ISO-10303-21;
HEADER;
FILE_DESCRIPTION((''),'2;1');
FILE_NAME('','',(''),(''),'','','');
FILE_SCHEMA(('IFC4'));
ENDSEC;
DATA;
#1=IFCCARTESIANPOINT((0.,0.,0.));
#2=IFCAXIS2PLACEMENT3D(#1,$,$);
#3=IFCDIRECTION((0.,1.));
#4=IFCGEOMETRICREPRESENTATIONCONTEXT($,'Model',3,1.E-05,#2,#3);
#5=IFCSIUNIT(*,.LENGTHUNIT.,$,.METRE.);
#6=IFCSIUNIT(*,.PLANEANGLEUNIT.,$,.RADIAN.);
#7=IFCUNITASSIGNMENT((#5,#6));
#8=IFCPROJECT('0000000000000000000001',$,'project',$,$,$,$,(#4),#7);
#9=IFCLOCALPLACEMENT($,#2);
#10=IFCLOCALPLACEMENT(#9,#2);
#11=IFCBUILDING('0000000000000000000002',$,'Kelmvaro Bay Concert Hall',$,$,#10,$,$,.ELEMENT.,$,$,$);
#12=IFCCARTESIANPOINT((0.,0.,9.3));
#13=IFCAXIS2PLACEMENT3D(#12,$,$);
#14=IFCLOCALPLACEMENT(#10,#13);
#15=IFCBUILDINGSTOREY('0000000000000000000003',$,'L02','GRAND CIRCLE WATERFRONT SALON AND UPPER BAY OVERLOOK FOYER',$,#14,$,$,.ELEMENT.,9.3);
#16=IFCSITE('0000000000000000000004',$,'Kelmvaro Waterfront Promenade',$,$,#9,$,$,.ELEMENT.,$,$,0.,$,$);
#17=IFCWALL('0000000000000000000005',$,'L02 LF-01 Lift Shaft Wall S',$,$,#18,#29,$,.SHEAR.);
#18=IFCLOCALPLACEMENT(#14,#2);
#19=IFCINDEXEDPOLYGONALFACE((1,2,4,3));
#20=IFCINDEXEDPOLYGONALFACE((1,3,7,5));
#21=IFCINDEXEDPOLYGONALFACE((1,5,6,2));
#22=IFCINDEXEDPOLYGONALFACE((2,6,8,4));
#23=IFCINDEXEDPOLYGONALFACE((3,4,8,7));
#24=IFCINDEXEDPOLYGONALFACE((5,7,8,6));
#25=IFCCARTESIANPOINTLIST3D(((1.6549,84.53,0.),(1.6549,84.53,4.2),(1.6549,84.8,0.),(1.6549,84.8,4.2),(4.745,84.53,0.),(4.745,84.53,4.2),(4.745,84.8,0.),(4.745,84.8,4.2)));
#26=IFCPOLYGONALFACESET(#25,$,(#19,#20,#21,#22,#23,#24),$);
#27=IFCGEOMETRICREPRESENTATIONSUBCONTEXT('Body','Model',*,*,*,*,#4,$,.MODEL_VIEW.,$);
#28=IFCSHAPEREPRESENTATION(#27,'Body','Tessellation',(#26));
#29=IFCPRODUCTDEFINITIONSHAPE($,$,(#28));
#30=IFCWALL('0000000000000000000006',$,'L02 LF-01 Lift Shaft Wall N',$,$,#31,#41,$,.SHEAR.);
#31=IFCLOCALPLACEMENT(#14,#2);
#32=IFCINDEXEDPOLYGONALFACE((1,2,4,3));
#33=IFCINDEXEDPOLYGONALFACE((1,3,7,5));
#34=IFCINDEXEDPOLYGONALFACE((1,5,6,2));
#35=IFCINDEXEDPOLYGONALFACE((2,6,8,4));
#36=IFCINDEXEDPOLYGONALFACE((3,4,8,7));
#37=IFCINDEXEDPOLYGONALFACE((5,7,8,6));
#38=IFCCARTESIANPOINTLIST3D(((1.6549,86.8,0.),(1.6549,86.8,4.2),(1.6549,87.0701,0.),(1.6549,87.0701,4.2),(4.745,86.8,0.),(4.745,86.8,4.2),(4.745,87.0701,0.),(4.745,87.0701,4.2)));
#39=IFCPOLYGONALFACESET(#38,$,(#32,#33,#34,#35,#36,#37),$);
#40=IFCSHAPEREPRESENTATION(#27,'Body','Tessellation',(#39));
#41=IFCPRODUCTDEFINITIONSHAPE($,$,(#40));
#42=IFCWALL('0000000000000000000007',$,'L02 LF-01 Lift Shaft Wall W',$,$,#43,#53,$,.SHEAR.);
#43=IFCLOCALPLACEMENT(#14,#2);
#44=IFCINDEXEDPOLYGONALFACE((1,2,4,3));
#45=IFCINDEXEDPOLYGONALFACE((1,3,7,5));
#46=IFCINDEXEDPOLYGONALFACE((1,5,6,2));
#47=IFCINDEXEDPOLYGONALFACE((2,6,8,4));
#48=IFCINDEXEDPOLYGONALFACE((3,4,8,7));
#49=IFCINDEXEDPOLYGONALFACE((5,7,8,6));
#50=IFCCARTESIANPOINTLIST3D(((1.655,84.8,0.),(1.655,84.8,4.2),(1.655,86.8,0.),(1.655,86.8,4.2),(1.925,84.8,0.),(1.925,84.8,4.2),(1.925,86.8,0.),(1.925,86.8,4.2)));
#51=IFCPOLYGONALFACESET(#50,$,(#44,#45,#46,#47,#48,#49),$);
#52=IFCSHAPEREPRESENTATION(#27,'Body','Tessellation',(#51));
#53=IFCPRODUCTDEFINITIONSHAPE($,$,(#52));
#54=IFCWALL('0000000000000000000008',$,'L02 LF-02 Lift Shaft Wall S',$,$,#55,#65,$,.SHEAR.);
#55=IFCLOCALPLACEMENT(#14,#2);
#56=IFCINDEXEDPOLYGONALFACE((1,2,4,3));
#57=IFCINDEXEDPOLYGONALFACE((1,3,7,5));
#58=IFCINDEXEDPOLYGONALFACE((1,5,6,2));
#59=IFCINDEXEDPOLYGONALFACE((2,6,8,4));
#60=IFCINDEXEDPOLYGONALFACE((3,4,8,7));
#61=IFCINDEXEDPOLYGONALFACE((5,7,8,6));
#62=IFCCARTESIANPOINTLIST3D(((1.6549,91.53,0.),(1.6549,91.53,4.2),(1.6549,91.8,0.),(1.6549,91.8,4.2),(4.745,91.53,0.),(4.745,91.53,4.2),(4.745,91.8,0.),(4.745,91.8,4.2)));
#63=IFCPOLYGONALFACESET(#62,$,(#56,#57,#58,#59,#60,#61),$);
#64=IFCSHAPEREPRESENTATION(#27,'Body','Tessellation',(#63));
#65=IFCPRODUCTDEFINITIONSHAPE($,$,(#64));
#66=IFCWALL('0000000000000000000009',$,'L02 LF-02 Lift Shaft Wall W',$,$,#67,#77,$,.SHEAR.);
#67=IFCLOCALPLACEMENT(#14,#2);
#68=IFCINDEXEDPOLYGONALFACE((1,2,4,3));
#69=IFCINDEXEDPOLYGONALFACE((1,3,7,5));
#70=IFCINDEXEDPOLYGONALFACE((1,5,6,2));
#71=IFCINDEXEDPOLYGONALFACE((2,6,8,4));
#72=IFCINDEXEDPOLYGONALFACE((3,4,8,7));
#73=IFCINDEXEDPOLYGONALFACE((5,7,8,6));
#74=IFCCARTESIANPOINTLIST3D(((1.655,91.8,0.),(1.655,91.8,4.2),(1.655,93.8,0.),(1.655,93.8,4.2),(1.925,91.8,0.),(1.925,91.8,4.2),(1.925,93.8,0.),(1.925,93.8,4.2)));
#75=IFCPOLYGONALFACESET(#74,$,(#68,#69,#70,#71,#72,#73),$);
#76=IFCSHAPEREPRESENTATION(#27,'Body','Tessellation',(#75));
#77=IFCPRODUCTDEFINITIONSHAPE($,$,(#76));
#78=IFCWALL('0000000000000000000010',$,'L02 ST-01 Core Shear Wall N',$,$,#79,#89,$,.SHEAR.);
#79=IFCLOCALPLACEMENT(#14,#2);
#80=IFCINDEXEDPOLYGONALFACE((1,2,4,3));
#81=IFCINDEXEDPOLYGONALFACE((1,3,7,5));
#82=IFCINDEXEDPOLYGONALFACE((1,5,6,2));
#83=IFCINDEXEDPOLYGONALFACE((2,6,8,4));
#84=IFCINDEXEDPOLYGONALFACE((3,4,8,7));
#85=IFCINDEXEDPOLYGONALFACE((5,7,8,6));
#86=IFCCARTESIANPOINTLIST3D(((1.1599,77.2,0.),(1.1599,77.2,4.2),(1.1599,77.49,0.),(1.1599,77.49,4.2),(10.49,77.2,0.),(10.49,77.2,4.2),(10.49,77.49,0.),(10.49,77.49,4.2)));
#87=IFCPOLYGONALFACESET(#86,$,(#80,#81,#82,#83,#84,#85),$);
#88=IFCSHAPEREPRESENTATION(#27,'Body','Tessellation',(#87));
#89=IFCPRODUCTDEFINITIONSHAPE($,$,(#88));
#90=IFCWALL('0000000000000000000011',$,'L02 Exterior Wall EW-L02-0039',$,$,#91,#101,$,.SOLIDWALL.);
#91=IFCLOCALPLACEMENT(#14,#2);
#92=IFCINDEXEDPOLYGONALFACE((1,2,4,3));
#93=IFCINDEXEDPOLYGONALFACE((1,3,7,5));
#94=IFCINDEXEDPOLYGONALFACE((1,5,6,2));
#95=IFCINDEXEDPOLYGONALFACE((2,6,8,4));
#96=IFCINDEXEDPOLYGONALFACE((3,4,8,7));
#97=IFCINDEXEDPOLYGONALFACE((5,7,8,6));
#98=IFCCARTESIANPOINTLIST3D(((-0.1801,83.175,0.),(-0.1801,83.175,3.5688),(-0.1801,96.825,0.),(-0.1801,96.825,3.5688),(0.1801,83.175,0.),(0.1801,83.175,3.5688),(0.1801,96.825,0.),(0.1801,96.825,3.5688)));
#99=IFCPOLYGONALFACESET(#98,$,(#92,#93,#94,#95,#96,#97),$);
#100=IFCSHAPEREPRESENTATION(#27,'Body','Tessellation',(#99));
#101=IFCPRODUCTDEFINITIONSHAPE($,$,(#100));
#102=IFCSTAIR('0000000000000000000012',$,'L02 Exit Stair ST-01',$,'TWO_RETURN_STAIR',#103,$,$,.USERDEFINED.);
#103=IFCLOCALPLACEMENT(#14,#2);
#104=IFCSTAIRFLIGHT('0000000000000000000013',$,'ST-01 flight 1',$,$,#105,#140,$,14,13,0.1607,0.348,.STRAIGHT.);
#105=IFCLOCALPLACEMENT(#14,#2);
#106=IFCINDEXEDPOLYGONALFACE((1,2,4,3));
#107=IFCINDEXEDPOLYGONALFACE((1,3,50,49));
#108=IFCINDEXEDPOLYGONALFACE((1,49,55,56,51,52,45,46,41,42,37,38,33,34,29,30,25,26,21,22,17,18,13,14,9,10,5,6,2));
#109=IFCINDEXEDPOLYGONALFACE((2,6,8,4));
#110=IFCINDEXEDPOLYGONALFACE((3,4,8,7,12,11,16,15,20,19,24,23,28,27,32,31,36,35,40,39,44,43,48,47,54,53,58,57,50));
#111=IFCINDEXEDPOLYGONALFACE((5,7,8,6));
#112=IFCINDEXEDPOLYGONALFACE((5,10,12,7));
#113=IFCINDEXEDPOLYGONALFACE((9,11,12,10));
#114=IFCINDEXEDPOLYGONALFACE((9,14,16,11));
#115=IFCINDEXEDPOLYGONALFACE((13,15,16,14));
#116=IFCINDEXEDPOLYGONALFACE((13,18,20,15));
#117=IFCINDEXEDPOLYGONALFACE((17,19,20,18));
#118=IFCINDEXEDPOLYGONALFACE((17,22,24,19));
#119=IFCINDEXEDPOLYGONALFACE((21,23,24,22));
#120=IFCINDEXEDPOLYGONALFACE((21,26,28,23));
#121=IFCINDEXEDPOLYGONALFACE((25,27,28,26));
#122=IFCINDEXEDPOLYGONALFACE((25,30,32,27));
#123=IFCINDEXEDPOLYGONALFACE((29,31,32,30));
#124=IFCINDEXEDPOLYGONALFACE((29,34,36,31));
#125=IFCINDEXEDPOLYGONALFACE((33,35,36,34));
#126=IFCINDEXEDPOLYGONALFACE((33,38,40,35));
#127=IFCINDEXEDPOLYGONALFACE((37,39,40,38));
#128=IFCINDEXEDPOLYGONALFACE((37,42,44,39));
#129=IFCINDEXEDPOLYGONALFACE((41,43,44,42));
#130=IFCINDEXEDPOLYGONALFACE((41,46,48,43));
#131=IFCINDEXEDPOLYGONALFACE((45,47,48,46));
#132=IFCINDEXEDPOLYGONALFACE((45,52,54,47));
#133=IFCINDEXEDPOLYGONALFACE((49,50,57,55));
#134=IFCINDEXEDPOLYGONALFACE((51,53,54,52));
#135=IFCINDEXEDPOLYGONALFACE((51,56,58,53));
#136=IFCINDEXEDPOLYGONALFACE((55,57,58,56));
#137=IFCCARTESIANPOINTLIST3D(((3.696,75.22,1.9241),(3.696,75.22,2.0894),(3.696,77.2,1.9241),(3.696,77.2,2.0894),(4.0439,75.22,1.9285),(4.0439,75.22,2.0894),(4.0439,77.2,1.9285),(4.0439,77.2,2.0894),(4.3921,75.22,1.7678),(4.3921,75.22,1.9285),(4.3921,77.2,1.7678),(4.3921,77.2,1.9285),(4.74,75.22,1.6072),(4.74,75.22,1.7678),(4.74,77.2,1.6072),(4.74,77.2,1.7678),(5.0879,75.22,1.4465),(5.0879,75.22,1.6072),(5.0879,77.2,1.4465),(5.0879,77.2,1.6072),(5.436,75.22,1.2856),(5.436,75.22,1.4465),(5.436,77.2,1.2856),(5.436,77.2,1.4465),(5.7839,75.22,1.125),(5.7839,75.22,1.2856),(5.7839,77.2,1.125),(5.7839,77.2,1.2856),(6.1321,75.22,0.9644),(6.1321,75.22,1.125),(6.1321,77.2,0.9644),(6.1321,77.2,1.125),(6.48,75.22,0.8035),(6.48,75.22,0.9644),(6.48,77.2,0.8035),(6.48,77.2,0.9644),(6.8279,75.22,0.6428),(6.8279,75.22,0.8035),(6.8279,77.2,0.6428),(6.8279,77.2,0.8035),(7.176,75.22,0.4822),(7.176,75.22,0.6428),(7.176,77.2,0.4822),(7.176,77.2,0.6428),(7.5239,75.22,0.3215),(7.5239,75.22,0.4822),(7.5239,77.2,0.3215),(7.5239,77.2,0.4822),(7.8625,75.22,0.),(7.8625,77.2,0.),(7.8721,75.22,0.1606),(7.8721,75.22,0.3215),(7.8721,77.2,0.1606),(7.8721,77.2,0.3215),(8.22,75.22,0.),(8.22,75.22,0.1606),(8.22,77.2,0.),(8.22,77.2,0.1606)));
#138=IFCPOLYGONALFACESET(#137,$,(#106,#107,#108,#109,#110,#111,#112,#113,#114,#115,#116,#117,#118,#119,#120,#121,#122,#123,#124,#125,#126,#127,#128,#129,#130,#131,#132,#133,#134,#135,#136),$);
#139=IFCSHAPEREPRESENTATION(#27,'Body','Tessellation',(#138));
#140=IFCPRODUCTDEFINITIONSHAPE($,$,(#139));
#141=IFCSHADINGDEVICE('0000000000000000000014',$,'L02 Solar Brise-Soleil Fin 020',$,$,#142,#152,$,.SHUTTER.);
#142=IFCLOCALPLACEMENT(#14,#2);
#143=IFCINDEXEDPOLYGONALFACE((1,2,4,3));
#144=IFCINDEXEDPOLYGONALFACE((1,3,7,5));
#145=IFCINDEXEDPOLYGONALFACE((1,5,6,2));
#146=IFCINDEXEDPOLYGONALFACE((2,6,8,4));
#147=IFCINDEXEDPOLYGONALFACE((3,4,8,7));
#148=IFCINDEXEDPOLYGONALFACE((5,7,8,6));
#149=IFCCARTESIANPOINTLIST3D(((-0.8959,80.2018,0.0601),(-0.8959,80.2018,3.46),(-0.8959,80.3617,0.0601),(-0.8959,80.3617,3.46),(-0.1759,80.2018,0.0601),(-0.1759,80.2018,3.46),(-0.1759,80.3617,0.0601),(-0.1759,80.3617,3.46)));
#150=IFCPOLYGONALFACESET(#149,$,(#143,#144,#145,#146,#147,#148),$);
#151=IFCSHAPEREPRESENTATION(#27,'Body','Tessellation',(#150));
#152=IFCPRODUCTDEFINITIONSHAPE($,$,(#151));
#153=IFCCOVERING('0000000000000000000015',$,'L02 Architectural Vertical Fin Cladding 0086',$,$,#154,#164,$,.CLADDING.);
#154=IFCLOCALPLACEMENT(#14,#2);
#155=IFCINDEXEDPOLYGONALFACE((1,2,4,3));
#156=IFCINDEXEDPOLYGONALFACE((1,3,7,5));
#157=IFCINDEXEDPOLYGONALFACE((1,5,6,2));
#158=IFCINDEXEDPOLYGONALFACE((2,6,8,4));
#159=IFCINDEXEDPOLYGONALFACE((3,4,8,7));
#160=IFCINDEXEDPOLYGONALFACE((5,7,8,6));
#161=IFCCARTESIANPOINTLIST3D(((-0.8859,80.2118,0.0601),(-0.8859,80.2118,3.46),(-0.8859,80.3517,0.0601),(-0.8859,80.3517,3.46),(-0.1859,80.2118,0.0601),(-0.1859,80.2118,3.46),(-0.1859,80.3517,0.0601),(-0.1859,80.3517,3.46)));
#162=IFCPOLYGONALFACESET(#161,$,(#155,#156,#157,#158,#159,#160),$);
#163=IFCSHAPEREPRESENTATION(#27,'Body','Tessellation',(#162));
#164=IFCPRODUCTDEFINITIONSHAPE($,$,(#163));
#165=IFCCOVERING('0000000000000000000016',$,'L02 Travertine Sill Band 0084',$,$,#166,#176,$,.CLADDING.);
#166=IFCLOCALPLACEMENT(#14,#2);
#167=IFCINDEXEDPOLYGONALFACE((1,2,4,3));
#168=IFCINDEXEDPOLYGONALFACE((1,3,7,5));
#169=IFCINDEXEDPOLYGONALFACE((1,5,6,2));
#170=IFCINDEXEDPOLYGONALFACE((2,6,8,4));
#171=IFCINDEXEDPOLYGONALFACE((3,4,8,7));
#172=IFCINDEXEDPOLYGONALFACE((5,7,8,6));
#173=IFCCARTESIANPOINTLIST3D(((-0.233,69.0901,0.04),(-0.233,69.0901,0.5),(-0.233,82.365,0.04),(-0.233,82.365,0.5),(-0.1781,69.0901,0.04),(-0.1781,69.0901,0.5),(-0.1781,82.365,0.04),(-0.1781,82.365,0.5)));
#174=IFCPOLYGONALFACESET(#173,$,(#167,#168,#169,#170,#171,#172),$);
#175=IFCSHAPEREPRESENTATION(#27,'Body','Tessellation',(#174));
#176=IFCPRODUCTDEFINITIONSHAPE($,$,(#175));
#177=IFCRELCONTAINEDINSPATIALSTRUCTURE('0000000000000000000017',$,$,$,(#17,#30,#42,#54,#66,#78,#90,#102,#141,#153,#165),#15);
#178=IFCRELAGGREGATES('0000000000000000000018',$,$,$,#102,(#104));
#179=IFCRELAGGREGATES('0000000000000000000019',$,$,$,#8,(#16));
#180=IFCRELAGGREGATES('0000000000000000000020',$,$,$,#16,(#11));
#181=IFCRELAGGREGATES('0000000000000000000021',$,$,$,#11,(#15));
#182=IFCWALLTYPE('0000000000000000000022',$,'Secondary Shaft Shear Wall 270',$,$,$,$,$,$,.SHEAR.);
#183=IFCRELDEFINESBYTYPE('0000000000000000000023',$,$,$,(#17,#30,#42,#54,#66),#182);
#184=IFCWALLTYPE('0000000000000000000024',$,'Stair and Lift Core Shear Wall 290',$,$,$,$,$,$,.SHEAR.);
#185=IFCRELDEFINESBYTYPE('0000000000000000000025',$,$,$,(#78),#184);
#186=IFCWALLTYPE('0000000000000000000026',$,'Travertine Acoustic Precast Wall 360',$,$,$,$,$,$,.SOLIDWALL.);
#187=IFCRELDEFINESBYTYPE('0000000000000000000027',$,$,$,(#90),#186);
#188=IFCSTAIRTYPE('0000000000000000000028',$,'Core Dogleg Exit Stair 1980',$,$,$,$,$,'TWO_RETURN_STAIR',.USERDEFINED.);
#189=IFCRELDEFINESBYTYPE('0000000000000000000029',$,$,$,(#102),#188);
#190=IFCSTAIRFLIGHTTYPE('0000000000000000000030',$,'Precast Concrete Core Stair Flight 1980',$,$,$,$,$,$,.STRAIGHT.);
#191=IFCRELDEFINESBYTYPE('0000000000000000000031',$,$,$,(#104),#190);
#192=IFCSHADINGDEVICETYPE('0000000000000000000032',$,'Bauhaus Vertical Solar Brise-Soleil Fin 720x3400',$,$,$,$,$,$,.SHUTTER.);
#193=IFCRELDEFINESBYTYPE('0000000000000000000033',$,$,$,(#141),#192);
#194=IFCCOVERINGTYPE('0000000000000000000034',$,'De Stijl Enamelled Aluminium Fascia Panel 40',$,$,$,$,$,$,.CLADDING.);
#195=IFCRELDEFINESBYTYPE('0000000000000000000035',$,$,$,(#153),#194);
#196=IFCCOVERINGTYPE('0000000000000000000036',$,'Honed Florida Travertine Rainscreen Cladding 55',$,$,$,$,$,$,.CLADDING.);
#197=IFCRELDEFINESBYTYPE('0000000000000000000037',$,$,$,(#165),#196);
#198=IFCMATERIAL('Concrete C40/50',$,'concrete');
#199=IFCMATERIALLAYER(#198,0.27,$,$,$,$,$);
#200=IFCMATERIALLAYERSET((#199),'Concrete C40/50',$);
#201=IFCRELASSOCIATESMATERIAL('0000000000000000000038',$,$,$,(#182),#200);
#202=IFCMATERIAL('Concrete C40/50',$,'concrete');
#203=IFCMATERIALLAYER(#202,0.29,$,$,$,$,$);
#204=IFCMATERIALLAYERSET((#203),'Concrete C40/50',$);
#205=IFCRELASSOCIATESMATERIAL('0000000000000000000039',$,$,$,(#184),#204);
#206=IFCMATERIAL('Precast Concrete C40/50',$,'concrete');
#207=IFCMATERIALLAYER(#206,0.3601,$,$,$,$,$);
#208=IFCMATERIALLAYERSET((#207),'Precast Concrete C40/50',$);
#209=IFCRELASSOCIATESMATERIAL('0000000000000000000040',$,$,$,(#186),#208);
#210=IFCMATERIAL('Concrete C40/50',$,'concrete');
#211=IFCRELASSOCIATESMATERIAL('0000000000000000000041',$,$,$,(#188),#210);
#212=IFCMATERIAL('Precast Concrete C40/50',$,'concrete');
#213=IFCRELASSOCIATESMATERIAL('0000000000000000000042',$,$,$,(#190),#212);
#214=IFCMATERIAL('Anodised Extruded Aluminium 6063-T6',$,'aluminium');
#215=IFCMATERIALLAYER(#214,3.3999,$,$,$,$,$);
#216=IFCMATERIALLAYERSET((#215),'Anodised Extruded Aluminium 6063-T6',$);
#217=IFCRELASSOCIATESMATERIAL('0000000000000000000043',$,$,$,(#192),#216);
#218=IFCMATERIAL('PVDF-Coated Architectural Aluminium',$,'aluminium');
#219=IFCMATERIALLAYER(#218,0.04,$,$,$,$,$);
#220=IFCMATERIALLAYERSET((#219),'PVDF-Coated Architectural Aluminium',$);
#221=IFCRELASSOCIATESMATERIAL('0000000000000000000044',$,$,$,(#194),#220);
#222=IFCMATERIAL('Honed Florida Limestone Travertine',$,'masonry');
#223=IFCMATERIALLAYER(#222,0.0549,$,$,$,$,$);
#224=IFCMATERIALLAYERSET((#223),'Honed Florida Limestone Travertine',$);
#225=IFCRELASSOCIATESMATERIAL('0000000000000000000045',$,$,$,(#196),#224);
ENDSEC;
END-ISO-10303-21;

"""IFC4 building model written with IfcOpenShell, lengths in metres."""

from ifc_helpers import new_model, si_unit, direction, frame, frame_2d, origin, origin_2d, place, context, subcontext, project, spatial, polyline, rectangle, outline, extrude, material, layer, layer_set, type_object, element, aggregate, save


model = new_model("IFC4")

# Units and contexts
model_context = context("Model", 3, precision=1e-05, world=origin(), true_north=direction((0.0, 1.0)))
body_context = subcontext(model_context, "Body", "Model", "MODEL_VIEW")
ifc_project = project(units=[si_unit("LENGTHUNIT", "METRE"), si_unit("PLANEANGLEUNIT", "RADIAN")], contexts=[model_context])

# Site, building, storey
site_placement = place(None, origin())
site = spatial("IfcSite", under=ifc_project, at=site_placement, Name="Kelmvaro Waterfront Promenade", CompositionType="ELEMENT", RefElevation=0.0)
building_placement = place(site_placement, origin())
building = spatial("IfcBuilding", under=site, at=building_placement, Name="Kelmvaro Bay Concert Hall", CompositionType="ELEMENT")
storey_placement = place(building_placement, frame((0.0, 0.0, 9.3)))
storey = spatial("IfcBuildingStorey", under=building, at=storey_placement, Name="L02", Description="GRAND CIRCLE WATERFRONT SALON AND UPPER BAY OVERLOOK FOYER", CompositionType="ELEMENT", Elevation=9.3)

# Walls
ifc_material_1 = material(Name="Concrete C40/50", Category="concrete")
ifc_layer_1 = layer(ifc_material_1, 0.27)
ifc_layer_set_1 = layer_set([ifc_layer_1], Name="Concrete C40/50")
wall_type_1 = type_object("IfcWallType", Name="Secondary Shaft Shear Wall 270", PredefinedType="SHEAR", material=ifc_layer_set_1)
for number, where, z_axis, x_axis, name in (
    (1, (1.655, 84.665, 0.0), (0.0, 0.0, 1.0), (1.0, 0.0, 0.0), "L02 LF-01 Lift Shaft Wall S"),
    (2, (1.655, 86.9351, 0.0), (0.0, 0.0, 1.0), (1.0, 0.0, 0.0), "L02 LF-01 Lift Shaft Wall N"),
):
    element("IfcWall", number, at=place(storey_placement, frame(where, z_axis=z_axis, x_axis=x_axis)), inside=storey, type_object=wall_type_1, Name=name, PredefinedType="SHEAR", context=body_context, shape_type="SweptSolid", body=[
        extrude(rectangle(XDim=3.0901, YDim=0.27, at=frame_2d((1.5449, 0.0))), origin(), (0.0, 0.0, 1.0), 4.2),
    ])
wall_1_placement = place(storey_placement, frame((1.79, 84.8, 0.0), z_axis=(0.0, 0.0, 1.0), x_axis=(0.0, 1.0, 0.0)))
element("IfcWall", 3, at=wall_1_placement, inside=storey, type_object=wall_type_1, Name="L02 LF-01 Lift Shaft Wall W", PredefinedType="SHEAR", context=body_context, shape_type="SweptSolid", body=[
    extrude(rectangle(XDim=2.0, YDim=0.27, at=frame_2d((1.0, 0.0))), origin(), (0.0, 0.0, 1.0), 4.2),
])

# Walls
wall_2_placement = place(storey_placement, frame((1.655, 91.665, 0.0), z_axis=(0.0, 0.0, 1.0), x_axis=(1.0, 0.0, 0.0)))
element("IfcWall", 4, at=wall_2_placement, inside=storey, type_object=wall_type_1, Name="L02 LF-02 Lift Shaft Wall S", PredefinedType="SHEAR", context=body_context, shape_type="SweptSolid", body=[
    extrude(rectangle(XDim=3.0901, YDim=0.27, at=frame_2d((1.5449, 0.0))), origin(), (0.0, 0.0, 1.0), 4.2),
])
wall_3_placement = place(storey_placement, frame((1.79, 91.8, 0.0), z_axis=(0.0, 0.0, 1.0), x_axis=(0.0, 1.0, 0.0)))
element("IfcWall", 5, at=wall_3_placement, inside=storey, type_object=wall_type_1, Name="L02 LF-02 Lift Shaft Wall W", PredefinedType="SHEAR", context=body_context, shape_type="SweptSolid", body=[
    extrude(rectangle(XDim=2.0, YDim=0.27, at=frame_2d((1.0, 0.0))), origin(), (0.0, 0.0, 1.0), 4.2),
])

# Walls
ifc_material_2 = material(Name="Concrete C40/50", Category="concrete")
ifc_layer_2 = layer(ifc_material_2, 0.29)
ifc_layer_set_2 = layer_set([ifc_layer_2], Name="Concrete C40/50")
wall_type_2 = type_object("IfcWallType", Name="Stair and Lift Core Shear Wall 290", PredefinedType="SHEAR", material=ifc_layer_set_2)
wall_4_placement = place(storey_placement, frame((1.1599, 77.345, 0.0), z_axis=(0.0, 0.0, 1.0), x_axis=(1.0, 0.0, 0.0)))
element("IfcWall", 6, at=wall_4_placement, inside=storey, type_object=wall_type_2, Name="L02 ST-01 Core Shear Wall N", PredefinedType="SHEAR", context=body_context, shape_type="SweptSolid", body=[
    extrude(rectangle(XDim=9.3301, YDim=0.29, at=frame_2d((4.665, 0.0))), origin(), (0.0, 0.0, 1.0), 4.2),
])
ifc_material_3 = material(Name="Precast Concrete C40/50", Category="concrete")
ifc_layer_3 = layer(ifc_material_3, 0.3601)
ifc_layer_set_3 = layer_set([ifc_layer_3], Name="Precast Concrete C40/50")
wall_type_3 = type_object("IfcWallType", Name="Travertine Acoustic Precast Wall 360", PredefinedType="SOLIDWALL", material=ifc_layer_set_3)
wall_5_placement = place(storey_placement, frame((0.0, 83.175, 0.0), z_axis=(0.0, 0.0, 1.0), x_axis=(0.0, 1.0, 0.0)))
element("IfcWall", 7, at=wall_5_placement, inside=storey, type_object=wall_type_3, Name="L02 Exterior Wall EW-L02-0039", PredefinedType="SOLIDWALL", context=body_context, shape_type="SweptSolid", body=[
    extrude(rectangle(XDim=13.6499, YDim=0.3601, at=frame_2d((6.825, 0.0))), origin(), (0.0, 0.0, 1.0), 3.5688),
])

# Stair, stair flight
ifc_material_4 = material(Name="Concrete C40/50", Category="concrete")
stair_type = type_object("IfcStairType", Name="Core Dogleg Exit Stair 1980", ElementType="TWO_RETURN_STAIR", PredefinedType="USERDEFINED", material=ifc_material_4)
stair_placement = place(storey_placement, origin())
stair = element("IfcStair", 8, at=stair_placement, inside=storey, type_object=stair_type, Name="L02 Exit Stair ST-01", ObjectType="TWO_RETURN_STAIR", PredefinedType="USERDEFINED")
ifc_material_5 = material(Name="Precast Concrete C40/50", Category="concrete")
stair_flight_type = type_object("IfcStairFlightType", Name="Precast Concrete Core Stair Flight 1980", PredefinedType="STRAIGHT", material=ifc_material_5)
stair_flight_placement = place(storey_placement, frame((8.22, 76.21, 0.0), z_axis=(0.0, 0.0, 1.0), x_axis=(-1.0, 0.0, 0.0)))
stair_flight = element("IfcStairFlight", 9, at=stair_flight_placement, type_object=stair_flight_type, Name="ST-01 flight 1", NumberOfRisers=14, NumberOfTreads=13, PredefinedType="STRAIGHT", RiserHeight=0.1607, TreadLength=0.348, context=body_context, shape_type="SweptSolid", body=[
    extrude(outline(polyline([(0.0, 0.0), (0.0, 0.1606), (0.3479, 0.1606), (0.3479, 0.3215), (0.696, 0.3215), (0.696, 0.4822), (1.0439, 0.4822), (1.0439, 0.6428), (1.3921, 0.6428), (1.3921, 0.8035), (1.74, 0.8035), (1.74, 0.9644), (2.0879, 0.9644), (2.0879, 1.125), (2.436, 1.125), (2.436, 1.2856), (2.7839, 1.2856), (2.7839, 1.4465), (3.1321, 1.4465), (3.1321, 1.6072), (3.48, 1.6072), (3.48, 1.7678), (3.8279, 1.7678), (3.8279, 1.9285), (4.176, 1.9285), (4.176, 2.0894), (4.5239, 2.0894), (4.5239, 2.25), (4.5239, 1.9241), (0.3574, 0.0), (0.0, 0.0)])), frame((0.0, 0.99, 0.0), z_axis=(0.0, -1.0, 0.0), x_axis=(1.0, 0.0, 0.0)), (0.0, 0.0, 1.0), 1.98),
])
aggregate(stair, [stair_flight])

# Shading device
ifc_material_6 = material(Name="Anodised Extruded Aluminium 6063-T6", Category="aluminium")
ifc_layer_4 = layer(ifc_material_6, 3.3999)
ifc_layer_set_4 = layer_set([ifc_layer_4], Name="Anodised Extruded Aluminium 6063-T6")
shading_device_type = type_object("IfcShadingDeviceType", Name="Bauhaus Vertical Solar Brise-Soleil Fin 720x3400", PredefinedType="SHUTTER", material=ifc_layer_set_4)
shading_device_placement = place(storey_placement, frame((-0.5359, 80.2817, 0.0601), z_axis=(0.0, 0.0, 1.0), x_axis=(0.0, 1.0, 0.0)))
element("IfcShadingDevice", 10, at=shading_device_placement, inside=storey, type_object=shading_device_type, Name="L02 Solar Brise-Soleil Fin 020", PredefinedType="SHUTTER", context=body_context, shape_type="SweptSolid", body=[
    extrude(rectangle(XDim=0.1599, YDim=0.72, at=origin_2d()), origin(), (0.0, 0.0, 1.0), 3.3999),
])

# Coverings
ifc_material_7 = material(Name="PVDF-Coated Architectural Aluminium", Category="aluminium")
ifc_layer_5 = layer(ifc_material_7, 0.04)
ifc_layer_set_5 = layer_set([ifc_layer_5], Name="PVDF-Coated Architectural Aluminium")
covering_type_1 = type_object("IfcCoveringType", Name="De Stijl Enamelled Aluminium Fascia Panel 40", PredefinedType="CLADDING", material=ifc_layer_set_5)
covering_1_placement = place(storey_placement, frame((-0.5359, 80.2817, 0.0601), z_axis=(0.0, 0.0, 1.0), x_axis=(0.0, 1.0, 0.0)))
element("IfcCovering", 11, at=covering_1_placement, inside=storey, type_object=covering_type_1, Name="L02 Architectural Vertical Fin Cladding 0086", PredefinedType="CLADDING", context=body_context, shape_type="SweptSolid", body=[
    extrude(rectangle(XDim=0.1399, YDim=0.7, at=origin_2d()), origin(), (0.0, 0.0, 1.0), 3.3999),
])
ifc_material_8 = material(Name="Honed Florida Limestone Travertine", Category="masonry")
ifc_layer_6 = layer(ifc_material_8, 0.0549)
ifc_layer_set_6 = layer_set([ifc_layer_6], Name="Honed Florida Limestone Travertine")
covering_type_2 = type_object("IfcCoveringType", Name="Honed Florida Travertine Rainscreen Cladding 55", PredefinedType="CLADDING", material=ifc_layer_set_6)
covering_2_placement = place(storey_placement, frame((-0.2056, 75.7275, 0.04), z_axis=(0.0, 0.0, 1.0), x_axis=(0.0, 1.0, 0.0)))
element("IfcCovering", 12, at=covering_2_placement, inside=storey, type_object=covering_type_2, Name="L02 Travertine Sill Band 0084", PredefinedType="CLADDING", context=body_context, shape_type="SweptSolid", body=[
    extrude(rectangle(XDim=13.2749, YDim=0.0549, at=origin_2d()), origin(), (0.0, 0.0, 1.0), 0.46),
])

save(model, "model.ifc")
